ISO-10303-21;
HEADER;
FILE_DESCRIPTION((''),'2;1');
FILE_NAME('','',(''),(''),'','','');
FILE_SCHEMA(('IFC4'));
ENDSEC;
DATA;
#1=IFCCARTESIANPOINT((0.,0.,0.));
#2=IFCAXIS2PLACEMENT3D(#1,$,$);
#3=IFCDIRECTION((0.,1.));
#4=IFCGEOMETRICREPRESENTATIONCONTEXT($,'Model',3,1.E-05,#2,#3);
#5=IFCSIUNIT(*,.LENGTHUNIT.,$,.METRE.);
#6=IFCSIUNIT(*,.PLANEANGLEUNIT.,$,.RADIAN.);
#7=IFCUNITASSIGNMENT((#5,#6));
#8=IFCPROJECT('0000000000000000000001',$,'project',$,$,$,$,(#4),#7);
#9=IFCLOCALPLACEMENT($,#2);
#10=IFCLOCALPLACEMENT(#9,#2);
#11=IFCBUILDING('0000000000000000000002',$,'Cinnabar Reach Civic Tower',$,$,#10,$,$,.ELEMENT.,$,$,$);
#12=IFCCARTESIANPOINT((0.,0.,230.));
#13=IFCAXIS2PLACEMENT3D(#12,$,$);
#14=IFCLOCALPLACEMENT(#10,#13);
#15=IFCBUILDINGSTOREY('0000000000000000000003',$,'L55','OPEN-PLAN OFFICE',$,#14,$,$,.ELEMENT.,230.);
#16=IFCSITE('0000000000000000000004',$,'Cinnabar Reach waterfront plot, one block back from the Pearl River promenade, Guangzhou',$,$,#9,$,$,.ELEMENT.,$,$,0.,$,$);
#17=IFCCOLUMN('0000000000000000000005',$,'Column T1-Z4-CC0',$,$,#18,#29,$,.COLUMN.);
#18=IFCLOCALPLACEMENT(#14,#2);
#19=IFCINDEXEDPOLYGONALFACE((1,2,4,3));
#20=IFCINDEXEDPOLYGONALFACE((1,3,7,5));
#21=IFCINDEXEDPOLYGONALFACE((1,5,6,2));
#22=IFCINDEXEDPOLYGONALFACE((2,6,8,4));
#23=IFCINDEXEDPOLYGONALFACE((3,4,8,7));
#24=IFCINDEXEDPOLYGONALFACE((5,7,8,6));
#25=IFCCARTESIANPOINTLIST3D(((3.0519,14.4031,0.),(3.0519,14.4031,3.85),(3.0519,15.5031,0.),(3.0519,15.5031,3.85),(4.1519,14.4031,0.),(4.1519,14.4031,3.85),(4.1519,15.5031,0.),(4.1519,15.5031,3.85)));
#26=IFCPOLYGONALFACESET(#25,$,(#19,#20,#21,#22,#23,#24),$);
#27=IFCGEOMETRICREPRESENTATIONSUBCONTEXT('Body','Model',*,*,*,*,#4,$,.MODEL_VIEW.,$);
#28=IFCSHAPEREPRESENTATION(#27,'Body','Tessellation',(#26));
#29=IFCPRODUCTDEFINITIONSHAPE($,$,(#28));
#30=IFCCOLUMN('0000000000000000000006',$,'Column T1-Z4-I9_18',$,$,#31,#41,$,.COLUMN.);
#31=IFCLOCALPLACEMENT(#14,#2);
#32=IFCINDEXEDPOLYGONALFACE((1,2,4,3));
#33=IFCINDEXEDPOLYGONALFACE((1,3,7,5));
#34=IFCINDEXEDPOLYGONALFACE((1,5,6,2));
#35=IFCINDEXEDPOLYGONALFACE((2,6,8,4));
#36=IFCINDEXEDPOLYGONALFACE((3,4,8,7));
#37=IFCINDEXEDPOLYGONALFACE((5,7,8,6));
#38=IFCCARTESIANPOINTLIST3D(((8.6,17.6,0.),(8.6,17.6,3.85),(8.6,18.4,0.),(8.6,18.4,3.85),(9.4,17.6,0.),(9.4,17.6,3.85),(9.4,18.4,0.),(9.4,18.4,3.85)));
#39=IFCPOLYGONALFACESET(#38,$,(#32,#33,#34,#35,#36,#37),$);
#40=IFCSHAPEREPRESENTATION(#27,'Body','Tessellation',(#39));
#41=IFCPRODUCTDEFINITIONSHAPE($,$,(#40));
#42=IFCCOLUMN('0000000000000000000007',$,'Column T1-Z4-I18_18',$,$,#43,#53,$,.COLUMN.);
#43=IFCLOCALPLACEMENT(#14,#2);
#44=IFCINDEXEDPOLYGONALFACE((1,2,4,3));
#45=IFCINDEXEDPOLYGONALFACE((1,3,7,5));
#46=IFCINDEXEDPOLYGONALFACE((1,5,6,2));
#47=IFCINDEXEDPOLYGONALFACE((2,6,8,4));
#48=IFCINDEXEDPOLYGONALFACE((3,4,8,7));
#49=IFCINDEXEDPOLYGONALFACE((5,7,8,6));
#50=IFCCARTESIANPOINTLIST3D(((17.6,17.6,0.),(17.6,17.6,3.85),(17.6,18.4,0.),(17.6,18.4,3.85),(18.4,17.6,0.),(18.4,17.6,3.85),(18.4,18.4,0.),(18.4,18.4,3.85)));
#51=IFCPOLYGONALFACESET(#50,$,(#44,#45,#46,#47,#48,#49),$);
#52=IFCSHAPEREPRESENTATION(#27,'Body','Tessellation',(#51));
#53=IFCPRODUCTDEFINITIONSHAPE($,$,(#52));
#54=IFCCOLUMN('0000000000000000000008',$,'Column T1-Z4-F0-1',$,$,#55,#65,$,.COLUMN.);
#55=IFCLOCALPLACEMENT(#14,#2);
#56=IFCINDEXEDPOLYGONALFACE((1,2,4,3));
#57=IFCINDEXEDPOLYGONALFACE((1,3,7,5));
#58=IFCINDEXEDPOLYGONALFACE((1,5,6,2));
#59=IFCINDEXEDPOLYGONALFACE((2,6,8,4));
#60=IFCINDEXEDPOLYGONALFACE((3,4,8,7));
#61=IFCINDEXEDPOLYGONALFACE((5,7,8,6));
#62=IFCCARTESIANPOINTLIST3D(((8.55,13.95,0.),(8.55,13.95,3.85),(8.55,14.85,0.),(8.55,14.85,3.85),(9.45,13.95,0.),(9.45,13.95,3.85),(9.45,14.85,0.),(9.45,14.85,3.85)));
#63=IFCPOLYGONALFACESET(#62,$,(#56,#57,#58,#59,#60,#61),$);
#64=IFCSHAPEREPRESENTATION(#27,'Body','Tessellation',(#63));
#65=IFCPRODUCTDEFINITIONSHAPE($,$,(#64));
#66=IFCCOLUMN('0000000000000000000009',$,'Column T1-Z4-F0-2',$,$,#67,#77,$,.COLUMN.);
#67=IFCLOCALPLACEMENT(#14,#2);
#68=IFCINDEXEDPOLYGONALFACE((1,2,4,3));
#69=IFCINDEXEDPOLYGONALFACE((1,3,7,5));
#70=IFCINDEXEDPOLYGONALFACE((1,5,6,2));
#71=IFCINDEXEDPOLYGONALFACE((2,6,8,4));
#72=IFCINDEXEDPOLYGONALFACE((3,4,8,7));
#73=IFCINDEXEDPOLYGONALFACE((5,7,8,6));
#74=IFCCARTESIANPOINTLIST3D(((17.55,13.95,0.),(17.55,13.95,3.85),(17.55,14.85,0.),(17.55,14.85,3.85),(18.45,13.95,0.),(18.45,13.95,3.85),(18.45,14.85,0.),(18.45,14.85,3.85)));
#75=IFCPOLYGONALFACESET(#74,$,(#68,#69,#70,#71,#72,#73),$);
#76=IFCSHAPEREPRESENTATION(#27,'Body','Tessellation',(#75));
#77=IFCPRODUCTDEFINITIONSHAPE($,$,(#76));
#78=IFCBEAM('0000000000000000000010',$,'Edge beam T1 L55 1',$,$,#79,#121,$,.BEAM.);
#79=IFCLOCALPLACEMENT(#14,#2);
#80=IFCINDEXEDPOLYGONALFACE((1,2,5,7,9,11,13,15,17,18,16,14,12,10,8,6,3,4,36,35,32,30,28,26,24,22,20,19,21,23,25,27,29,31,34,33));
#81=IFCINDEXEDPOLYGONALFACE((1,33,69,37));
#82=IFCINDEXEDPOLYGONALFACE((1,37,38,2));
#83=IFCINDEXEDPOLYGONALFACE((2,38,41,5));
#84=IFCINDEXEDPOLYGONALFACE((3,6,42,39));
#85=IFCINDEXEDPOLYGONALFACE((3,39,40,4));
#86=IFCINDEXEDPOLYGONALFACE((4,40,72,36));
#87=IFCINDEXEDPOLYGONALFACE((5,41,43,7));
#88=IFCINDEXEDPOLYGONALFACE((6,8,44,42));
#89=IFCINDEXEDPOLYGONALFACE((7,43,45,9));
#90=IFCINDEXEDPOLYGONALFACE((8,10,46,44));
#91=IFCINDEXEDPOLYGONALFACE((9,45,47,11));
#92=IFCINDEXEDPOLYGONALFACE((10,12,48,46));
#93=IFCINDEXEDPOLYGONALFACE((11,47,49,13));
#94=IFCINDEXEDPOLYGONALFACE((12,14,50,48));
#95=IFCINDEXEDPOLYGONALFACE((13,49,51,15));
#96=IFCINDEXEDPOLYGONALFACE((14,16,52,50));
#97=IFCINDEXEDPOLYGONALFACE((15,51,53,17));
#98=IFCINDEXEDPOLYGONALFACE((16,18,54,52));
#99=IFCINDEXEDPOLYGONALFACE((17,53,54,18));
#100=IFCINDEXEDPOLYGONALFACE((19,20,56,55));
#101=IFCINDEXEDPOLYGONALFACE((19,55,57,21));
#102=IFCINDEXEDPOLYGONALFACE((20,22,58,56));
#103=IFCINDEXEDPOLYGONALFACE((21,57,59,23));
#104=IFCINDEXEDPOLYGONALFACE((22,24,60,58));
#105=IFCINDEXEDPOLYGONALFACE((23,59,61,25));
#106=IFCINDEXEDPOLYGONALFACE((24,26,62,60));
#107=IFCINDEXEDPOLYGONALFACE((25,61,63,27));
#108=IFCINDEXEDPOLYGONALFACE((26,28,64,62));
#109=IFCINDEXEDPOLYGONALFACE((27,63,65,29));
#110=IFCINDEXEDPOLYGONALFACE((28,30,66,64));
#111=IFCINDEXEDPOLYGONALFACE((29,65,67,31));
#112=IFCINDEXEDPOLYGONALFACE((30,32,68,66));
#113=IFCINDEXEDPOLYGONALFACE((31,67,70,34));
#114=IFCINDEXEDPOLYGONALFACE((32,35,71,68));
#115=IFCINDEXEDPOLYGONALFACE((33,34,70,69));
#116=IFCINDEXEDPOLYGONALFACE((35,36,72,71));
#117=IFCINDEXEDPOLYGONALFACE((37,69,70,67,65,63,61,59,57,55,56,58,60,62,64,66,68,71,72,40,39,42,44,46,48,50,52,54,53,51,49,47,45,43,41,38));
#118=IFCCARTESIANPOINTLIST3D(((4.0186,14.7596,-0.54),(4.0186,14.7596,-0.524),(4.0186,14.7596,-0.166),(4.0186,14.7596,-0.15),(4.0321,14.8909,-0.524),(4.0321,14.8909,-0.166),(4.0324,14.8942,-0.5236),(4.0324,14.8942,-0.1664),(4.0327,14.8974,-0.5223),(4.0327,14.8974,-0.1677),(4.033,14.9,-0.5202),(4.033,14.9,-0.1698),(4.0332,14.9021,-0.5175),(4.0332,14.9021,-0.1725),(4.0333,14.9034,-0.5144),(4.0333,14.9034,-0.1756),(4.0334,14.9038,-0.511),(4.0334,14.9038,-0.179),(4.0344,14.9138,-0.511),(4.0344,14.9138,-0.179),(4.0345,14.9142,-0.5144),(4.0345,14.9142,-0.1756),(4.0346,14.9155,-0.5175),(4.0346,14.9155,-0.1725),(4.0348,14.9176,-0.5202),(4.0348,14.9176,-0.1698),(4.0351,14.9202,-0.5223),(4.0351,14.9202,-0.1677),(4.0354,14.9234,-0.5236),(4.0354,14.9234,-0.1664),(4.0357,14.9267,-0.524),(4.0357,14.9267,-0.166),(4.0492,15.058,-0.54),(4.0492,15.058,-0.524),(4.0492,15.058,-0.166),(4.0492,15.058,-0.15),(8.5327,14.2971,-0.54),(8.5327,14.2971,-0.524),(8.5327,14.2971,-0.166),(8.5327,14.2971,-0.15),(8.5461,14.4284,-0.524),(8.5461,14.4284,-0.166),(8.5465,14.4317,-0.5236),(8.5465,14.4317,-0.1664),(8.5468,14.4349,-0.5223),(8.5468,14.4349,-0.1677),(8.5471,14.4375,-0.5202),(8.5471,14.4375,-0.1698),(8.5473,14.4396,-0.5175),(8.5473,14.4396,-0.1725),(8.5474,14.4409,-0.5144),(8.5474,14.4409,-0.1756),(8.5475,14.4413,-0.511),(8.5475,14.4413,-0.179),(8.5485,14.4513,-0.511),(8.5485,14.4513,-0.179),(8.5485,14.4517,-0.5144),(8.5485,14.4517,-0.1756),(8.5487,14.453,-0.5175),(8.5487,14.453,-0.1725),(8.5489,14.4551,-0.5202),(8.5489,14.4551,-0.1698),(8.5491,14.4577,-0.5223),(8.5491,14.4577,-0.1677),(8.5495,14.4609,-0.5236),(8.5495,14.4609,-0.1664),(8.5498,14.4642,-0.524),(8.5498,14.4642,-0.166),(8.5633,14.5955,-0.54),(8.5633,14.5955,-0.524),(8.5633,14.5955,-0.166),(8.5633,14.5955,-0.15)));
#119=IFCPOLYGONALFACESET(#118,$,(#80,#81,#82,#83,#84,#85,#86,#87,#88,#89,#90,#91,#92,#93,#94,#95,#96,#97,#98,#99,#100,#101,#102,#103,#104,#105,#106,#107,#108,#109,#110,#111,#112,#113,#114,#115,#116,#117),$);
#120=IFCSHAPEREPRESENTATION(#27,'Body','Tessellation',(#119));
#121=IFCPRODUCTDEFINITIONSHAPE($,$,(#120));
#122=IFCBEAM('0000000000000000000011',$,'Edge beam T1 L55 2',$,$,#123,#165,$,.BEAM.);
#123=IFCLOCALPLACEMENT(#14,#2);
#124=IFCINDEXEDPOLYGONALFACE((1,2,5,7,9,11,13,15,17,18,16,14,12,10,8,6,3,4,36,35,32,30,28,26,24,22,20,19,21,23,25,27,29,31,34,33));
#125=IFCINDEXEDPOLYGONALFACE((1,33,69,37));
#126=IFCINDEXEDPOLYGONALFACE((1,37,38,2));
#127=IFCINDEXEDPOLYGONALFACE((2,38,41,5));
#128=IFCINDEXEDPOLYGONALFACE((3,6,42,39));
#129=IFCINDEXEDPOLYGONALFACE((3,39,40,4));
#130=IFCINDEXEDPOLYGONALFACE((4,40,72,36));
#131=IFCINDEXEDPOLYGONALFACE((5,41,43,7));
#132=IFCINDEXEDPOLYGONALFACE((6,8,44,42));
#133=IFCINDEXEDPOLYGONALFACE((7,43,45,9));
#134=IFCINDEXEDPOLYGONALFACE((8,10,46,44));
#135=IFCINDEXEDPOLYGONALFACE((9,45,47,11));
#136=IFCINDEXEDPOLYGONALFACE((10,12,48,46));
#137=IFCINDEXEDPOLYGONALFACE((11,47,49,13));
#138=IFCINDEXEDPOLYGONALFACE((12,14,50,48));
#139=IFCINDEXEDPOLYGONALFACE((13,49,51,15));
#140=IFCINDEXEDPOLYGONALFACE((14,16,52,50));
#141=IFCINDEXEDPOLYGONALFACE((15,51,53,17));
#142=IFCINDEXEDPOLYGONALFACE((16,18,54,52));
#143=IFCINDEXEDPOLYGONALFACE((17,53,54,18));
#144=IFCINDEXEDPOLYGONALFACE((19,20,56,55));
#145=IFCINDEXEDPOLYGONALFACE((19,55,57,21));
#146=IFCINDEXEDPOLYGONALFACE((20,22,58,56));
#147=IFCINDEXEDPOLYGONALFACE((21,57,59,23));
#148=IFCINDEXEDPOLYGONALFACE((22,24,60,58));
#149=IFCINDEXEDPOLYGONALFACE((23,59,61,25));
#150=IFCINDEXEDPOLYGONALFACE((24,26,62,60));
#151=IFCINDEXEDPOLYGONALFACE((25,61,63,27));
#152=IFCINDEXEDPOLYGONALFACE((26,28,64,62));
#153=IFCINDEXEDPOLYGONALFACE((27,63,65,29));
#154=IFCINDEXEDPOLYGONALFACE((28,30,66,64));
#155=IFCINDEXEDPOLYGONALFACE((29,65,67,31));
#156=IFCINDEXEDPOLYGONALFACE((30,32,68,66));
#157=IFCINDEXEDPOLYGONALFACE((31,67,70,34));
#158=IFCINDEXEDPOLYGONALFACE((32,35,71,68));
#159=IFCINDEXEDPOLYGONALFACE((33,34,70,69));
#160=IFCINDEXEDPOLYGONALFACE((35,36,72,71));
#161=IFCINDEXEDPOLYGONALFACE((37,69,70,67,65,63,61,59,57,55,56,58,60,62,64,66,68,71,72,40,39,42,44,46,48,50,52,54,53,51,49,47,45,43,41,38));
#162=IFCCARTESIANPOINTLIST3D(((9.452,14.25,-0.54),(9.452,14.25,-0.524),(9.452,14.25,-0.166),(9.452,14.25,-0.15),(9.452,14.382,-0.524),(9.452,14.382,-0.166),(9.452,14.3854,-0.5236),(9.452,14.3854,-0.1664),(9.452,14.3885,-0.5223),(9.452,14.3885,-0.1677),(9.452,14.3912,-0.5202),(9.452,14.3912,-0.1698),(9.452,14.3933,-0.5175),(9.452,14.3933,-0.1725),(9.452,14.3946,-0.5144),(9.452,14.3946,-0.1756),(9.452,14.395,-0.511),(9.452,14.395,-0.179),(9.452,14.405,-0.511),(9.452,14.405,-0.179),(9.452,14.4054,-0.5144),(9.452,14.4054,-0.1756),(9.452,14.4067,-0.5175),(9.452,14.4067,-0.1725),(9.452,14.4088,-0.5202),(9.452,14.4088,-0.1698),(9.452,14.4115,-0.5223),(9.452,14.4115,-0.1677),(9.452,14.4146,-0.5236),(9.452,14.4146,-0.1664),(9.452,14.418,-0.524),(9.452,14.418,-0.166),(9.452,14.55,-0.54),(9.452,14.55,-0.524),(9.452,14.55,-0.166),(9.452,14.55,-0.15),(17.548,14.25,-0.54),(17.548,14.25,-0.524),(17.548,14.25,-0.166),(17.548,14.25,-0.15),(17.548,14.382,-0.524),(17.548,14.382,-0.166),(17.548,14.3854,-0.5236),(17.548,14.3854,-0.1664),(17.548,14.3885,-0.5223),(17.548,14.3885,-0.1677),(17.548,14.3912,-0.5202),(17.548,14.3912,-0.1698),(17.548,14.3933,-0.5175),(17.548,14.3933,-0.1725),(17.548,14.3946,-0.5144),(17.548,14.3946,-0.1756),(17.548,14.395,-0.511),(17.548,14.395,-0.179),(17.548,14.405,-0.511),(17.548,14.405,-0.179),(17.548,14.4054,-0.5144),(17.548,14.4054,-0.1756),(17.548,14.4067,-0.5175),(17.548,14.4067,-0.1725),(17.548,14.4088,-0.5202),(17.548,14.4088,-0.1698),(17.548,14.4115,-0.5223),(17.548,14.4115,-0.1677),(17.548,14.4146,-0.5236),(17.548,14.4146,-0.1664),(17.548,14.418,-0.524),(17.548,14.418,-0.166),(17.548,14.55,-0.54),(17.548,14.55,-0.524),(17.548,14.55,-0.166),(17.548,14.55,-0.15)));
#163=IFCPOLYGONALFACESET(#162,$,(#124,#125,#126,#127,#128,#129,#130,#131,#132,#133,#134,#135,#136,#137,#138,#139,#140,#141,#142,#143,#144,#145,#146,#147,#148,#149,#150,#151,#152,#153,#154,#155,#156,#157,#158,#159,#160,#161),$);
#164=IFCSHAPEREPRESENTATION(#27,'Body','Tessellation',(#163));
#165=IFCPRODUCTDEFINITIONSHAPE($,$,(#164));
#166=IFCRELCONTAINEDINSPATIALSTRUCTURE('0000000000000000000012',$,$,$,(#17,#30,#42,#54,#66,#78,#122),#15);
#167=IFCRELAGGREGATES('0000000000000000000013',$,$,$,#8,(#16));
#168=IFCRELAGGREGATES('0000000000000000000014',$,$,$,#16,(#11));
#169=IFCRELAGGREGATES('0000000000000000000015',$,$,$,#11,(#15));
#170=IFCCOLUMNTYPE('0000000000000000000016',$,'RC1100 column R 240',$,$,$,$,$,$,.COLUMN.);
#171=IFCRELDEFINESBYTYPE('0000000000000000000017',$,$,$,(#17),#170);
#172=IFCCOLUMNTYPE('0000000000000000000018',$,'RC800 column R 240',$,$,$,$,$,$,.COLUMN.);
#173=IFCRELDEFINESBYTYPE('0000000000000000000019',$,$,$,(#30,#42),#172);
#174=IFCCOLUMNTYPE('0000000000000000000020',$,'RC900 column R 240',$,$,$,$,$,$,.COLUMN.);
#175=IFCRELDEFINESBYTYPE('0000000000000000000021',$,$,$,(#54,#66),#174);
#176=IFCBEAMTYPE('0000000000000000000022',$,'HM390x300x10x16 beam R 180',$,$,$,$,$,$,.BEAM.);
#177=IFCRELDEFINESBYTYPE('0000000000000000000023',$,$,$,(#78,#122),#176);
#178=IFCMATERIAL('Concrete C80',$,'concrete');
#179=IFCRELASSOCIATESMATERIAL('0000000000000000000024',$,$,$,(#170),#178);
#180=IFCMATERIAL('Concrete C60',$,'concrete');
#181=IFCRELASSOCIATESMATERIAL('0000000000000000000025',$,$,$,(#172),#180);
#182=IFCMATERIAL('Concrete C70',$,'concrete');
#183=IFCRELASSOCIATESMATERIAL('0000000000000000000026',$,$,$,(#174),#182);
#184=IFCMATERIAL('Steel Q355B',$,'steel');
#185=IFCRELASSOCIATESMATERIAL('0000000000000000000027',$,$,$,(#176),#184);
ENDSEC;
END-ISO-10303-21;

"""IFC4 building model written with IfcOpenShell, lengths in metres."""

from ifc_helpers import new_model, si_unit, direction, frame, origin, origin_2d, place, context, subcontext, project, spatial, rectangle, i_section, extrude, material, material_profile, profile_set, type_object, element, save


model = new_model("IFC4")

# Units and contexts
model_context = context("Model", 3, precision=1e-05, world=origin(), true_north=direction((0.0, 1.0)))
body_context = subcontext(model_context, "Body", "Model", "MODEL_VIEW")
ifc_project = project(units=[si_unit("LENGTHUNIT", "METRE"), si_unit("PLANEANGLEUNIT", "RADIAN")], contexts=[model_context])

# Site, building, storey
site_placement = place(None, origin())
site = spatial("IfcSite", under=ifc_project, at=site_placement, Name="Cinnabar Reach waterfront plot, one block back from the Pearl River promenade, Guangzhou", CompositionType="ELEMENT", RefElevation=0.0)
building_placement = place(site_placement, origin())
building = spatial("IfcBuilding", under=site, at=building_placement, Name="Cinnabar Reach Civic Tower", CompositionType="ELEMENT")
storey_placement = place(building_placement, frame((0.0, 0.0, 230.0)))
storey = spatial("IfcBuildingStorey", under=building, at=storey_placement, Name="L55", Description="OPEN-PLAN OFFICE", CompositionType="ELEMENT", Elevation=230.0)

# Columns
ifc_material_1 = material(Name="Concrete C80", Category="concrete")
ifc_material_profile_1 = material_profile(ifc_material_1, rectangle(XDim=1.1, YDim=1.1, at=origin_2d()), Name="RC1100")
ifc_profile_set_1 = profile_set([ifc_material_profile_1], Name="Concrete C80")
column_type_1 = type_object("IfcColumnType", Name="RC1100 column R 240", PredefinedType="COLUMN", material=ifc_profile_set_1)
column_placement = place(storey_placement, frame((3.6019, 14.9531, 0.0), z_axis=(0.0, 0.0, 1.0), x_axis=(1.0, 0.0, 0.0)))
element("IfcColumn", 1, at=column_placement, inside=storey, type_object=column_type_1, Name="Column T1-Z4-CC0", PredefinedType="COLUMN", context=body_context, shape_type="SweptSolid", body=[
    extrude(rectangle(XDim=1.1, YDim=1.1, at=origin_2d()), origin(), (0.0, 0.0, 1.0), 3.85),
])
ifc_material_2 = material(Name="Concrete C60", Category="concrete")
ifc_material_profile_2 = material_profile(ifc_material_2, rectangle(XDim=0.8, YDim=0.8, at=origin_2d()), Name="RC800")
ifc_profile_set_2 = profile_set([ifc_material_profile_2], Name="Concrete C60")
column_type_2 = type_object("IfcColumnType", Name="RC800 column R 240", PredefinedType="COLUMN", material=ifc_profile_set_2)
for number, where, z_axis, x_axis, name in (
    (2, (9.0, 18.0, 0.0), (0.0, 0.0, 1.0), (1.0, 0.0, 0.0), "Column T1-Z4-I9_18"),
    (3, (18.0, 18.0, 0.0), (0.0, 0.0, 1.0), (1.0, 0.0, 0.0), "Column T1-Z4-I18_18"),
):
    element("IfcColumn", number, at=place(storey_placement, frame(where, z_axis=z_axis, x_axis=x_axis)), inside=storey, type_object=column_type_2, Name=name, PredefinedType="COLUMN", context=body_context, shape_type="SweptSolid", body=[
        extrude(rectangle(XDim=0.8, YDim=0.8, at=origin_2d()), origin(), (0.0, 0.0, 1.0), 3.85),
    ])
ifc_material_3 = material(Name="Concrete C70", Category="concrete")
ifc_material_profile_3 = material_profile(ifc_material_3, rectangle(XDim=0.9, YDim=0.9, at=origin_2d()), Name="RC900")
ifc_profile_set_3 = profile_set([ifc_material_profile_3], Name="Concrete C70")
column_type_3 = type_object("IfcColumnType", Name="RC900 column R 240", PredefinedType="COLUMN", material=ifc_profile_set_3)
for number, where, z_axis, x_axis, name in (
    (4, (9.0, 14.4, 0.0), (0.0, 0.0, 1.0), (1.0, 0.0, 0.0), "Column T1-Z4-F0-1"),
    (5, (18.0, 14.4, 0.0), (0.0, 0.0, 1.0), (1.0, 0.0, 0.0), "Column T1-Z4-F0-2"),
):
    element("IfcColumn", number, at=place(storey_placement, frame(where, z_axis=z_axis, x_axis=x_axis)), inside=storey, type_object=column_type_3, Name=name, PredefinedType="COLUMN", context=body_context, shape_type="SweptSolid", body=[
        extrude(rectangle(XDim=0.9, YDim=0.9, at=origin_2d()), origin(), (0.0, 0.0, 1.0), 3.85),
    ])

# Beams
ifc_material_4 = material(Name="Steel Q355B", Category="steel")
ifc_material_profile_4 = material_profile(ifc_material_4, i_section(OverallWidth=0.3, OverallDepth=0.39, WebThickness=0.01, FlangeThickness=0.016, FilletRadius=0.013, at=origin_2d()), Name="HM390x300x10x16")
ifc_profile_set_4 = profile_set([ifc_material_profile_4], Name="Steel Q355B")
beam_type_1 = type_object("IfcBeamType", Name="HM390x300x10x16 beam R 180", PredefinedType="BEAM", material=ifc_profile_set_4)
beam_1_placement = place(storey_placement, frame((4.0339, 14.9088, -0.345), z_axis=(0.994792, -0.101923, 0.0), x_axis=(0.101923, 0.994792, 0.0)))
element("IfcBeam", 6, at=beam_1_placement, inside=storey, type_object=beam_type_1, Name="Edge beam T1 L55 1", PredefinedType="BEAM", context=body_context, shape_type="SweptSolid", body=[
    extrude(i_section(OverallWidth=0.3, OverallDepth=0.39, WebThickness=0.01, FlangeThickness=0.016, FilletRadius=0.013, at=origin_2d()), origin(), (0.0, 0.0, 1.0), 4.5377),
])
beam_2_placement = place(storey_placement, frame((9.452, 14.4, -0.345), z_axis=(1.0, 0.0, 0.0), x_axis=(0.0, 1.0, 0.0)))
element("IfcBeam", 7, at=beam_2_placement, inside=storey, type_object=beam_type_1, Name="Edge beam T1 L55 2", PredefinedType="BEAM", context=body_context, shape_type="SweptSolid", body=[
    extrude(i_section(OverallWidth=0.3, OverallDepth=0.39, WebThickness=0.01, FlangeThickness=0.016, FilletRadius=0.013, at=origin_2d()), origin(), (0.0, 0.0, 1.0), 8.096),
])

save(model, "model.ifc")
